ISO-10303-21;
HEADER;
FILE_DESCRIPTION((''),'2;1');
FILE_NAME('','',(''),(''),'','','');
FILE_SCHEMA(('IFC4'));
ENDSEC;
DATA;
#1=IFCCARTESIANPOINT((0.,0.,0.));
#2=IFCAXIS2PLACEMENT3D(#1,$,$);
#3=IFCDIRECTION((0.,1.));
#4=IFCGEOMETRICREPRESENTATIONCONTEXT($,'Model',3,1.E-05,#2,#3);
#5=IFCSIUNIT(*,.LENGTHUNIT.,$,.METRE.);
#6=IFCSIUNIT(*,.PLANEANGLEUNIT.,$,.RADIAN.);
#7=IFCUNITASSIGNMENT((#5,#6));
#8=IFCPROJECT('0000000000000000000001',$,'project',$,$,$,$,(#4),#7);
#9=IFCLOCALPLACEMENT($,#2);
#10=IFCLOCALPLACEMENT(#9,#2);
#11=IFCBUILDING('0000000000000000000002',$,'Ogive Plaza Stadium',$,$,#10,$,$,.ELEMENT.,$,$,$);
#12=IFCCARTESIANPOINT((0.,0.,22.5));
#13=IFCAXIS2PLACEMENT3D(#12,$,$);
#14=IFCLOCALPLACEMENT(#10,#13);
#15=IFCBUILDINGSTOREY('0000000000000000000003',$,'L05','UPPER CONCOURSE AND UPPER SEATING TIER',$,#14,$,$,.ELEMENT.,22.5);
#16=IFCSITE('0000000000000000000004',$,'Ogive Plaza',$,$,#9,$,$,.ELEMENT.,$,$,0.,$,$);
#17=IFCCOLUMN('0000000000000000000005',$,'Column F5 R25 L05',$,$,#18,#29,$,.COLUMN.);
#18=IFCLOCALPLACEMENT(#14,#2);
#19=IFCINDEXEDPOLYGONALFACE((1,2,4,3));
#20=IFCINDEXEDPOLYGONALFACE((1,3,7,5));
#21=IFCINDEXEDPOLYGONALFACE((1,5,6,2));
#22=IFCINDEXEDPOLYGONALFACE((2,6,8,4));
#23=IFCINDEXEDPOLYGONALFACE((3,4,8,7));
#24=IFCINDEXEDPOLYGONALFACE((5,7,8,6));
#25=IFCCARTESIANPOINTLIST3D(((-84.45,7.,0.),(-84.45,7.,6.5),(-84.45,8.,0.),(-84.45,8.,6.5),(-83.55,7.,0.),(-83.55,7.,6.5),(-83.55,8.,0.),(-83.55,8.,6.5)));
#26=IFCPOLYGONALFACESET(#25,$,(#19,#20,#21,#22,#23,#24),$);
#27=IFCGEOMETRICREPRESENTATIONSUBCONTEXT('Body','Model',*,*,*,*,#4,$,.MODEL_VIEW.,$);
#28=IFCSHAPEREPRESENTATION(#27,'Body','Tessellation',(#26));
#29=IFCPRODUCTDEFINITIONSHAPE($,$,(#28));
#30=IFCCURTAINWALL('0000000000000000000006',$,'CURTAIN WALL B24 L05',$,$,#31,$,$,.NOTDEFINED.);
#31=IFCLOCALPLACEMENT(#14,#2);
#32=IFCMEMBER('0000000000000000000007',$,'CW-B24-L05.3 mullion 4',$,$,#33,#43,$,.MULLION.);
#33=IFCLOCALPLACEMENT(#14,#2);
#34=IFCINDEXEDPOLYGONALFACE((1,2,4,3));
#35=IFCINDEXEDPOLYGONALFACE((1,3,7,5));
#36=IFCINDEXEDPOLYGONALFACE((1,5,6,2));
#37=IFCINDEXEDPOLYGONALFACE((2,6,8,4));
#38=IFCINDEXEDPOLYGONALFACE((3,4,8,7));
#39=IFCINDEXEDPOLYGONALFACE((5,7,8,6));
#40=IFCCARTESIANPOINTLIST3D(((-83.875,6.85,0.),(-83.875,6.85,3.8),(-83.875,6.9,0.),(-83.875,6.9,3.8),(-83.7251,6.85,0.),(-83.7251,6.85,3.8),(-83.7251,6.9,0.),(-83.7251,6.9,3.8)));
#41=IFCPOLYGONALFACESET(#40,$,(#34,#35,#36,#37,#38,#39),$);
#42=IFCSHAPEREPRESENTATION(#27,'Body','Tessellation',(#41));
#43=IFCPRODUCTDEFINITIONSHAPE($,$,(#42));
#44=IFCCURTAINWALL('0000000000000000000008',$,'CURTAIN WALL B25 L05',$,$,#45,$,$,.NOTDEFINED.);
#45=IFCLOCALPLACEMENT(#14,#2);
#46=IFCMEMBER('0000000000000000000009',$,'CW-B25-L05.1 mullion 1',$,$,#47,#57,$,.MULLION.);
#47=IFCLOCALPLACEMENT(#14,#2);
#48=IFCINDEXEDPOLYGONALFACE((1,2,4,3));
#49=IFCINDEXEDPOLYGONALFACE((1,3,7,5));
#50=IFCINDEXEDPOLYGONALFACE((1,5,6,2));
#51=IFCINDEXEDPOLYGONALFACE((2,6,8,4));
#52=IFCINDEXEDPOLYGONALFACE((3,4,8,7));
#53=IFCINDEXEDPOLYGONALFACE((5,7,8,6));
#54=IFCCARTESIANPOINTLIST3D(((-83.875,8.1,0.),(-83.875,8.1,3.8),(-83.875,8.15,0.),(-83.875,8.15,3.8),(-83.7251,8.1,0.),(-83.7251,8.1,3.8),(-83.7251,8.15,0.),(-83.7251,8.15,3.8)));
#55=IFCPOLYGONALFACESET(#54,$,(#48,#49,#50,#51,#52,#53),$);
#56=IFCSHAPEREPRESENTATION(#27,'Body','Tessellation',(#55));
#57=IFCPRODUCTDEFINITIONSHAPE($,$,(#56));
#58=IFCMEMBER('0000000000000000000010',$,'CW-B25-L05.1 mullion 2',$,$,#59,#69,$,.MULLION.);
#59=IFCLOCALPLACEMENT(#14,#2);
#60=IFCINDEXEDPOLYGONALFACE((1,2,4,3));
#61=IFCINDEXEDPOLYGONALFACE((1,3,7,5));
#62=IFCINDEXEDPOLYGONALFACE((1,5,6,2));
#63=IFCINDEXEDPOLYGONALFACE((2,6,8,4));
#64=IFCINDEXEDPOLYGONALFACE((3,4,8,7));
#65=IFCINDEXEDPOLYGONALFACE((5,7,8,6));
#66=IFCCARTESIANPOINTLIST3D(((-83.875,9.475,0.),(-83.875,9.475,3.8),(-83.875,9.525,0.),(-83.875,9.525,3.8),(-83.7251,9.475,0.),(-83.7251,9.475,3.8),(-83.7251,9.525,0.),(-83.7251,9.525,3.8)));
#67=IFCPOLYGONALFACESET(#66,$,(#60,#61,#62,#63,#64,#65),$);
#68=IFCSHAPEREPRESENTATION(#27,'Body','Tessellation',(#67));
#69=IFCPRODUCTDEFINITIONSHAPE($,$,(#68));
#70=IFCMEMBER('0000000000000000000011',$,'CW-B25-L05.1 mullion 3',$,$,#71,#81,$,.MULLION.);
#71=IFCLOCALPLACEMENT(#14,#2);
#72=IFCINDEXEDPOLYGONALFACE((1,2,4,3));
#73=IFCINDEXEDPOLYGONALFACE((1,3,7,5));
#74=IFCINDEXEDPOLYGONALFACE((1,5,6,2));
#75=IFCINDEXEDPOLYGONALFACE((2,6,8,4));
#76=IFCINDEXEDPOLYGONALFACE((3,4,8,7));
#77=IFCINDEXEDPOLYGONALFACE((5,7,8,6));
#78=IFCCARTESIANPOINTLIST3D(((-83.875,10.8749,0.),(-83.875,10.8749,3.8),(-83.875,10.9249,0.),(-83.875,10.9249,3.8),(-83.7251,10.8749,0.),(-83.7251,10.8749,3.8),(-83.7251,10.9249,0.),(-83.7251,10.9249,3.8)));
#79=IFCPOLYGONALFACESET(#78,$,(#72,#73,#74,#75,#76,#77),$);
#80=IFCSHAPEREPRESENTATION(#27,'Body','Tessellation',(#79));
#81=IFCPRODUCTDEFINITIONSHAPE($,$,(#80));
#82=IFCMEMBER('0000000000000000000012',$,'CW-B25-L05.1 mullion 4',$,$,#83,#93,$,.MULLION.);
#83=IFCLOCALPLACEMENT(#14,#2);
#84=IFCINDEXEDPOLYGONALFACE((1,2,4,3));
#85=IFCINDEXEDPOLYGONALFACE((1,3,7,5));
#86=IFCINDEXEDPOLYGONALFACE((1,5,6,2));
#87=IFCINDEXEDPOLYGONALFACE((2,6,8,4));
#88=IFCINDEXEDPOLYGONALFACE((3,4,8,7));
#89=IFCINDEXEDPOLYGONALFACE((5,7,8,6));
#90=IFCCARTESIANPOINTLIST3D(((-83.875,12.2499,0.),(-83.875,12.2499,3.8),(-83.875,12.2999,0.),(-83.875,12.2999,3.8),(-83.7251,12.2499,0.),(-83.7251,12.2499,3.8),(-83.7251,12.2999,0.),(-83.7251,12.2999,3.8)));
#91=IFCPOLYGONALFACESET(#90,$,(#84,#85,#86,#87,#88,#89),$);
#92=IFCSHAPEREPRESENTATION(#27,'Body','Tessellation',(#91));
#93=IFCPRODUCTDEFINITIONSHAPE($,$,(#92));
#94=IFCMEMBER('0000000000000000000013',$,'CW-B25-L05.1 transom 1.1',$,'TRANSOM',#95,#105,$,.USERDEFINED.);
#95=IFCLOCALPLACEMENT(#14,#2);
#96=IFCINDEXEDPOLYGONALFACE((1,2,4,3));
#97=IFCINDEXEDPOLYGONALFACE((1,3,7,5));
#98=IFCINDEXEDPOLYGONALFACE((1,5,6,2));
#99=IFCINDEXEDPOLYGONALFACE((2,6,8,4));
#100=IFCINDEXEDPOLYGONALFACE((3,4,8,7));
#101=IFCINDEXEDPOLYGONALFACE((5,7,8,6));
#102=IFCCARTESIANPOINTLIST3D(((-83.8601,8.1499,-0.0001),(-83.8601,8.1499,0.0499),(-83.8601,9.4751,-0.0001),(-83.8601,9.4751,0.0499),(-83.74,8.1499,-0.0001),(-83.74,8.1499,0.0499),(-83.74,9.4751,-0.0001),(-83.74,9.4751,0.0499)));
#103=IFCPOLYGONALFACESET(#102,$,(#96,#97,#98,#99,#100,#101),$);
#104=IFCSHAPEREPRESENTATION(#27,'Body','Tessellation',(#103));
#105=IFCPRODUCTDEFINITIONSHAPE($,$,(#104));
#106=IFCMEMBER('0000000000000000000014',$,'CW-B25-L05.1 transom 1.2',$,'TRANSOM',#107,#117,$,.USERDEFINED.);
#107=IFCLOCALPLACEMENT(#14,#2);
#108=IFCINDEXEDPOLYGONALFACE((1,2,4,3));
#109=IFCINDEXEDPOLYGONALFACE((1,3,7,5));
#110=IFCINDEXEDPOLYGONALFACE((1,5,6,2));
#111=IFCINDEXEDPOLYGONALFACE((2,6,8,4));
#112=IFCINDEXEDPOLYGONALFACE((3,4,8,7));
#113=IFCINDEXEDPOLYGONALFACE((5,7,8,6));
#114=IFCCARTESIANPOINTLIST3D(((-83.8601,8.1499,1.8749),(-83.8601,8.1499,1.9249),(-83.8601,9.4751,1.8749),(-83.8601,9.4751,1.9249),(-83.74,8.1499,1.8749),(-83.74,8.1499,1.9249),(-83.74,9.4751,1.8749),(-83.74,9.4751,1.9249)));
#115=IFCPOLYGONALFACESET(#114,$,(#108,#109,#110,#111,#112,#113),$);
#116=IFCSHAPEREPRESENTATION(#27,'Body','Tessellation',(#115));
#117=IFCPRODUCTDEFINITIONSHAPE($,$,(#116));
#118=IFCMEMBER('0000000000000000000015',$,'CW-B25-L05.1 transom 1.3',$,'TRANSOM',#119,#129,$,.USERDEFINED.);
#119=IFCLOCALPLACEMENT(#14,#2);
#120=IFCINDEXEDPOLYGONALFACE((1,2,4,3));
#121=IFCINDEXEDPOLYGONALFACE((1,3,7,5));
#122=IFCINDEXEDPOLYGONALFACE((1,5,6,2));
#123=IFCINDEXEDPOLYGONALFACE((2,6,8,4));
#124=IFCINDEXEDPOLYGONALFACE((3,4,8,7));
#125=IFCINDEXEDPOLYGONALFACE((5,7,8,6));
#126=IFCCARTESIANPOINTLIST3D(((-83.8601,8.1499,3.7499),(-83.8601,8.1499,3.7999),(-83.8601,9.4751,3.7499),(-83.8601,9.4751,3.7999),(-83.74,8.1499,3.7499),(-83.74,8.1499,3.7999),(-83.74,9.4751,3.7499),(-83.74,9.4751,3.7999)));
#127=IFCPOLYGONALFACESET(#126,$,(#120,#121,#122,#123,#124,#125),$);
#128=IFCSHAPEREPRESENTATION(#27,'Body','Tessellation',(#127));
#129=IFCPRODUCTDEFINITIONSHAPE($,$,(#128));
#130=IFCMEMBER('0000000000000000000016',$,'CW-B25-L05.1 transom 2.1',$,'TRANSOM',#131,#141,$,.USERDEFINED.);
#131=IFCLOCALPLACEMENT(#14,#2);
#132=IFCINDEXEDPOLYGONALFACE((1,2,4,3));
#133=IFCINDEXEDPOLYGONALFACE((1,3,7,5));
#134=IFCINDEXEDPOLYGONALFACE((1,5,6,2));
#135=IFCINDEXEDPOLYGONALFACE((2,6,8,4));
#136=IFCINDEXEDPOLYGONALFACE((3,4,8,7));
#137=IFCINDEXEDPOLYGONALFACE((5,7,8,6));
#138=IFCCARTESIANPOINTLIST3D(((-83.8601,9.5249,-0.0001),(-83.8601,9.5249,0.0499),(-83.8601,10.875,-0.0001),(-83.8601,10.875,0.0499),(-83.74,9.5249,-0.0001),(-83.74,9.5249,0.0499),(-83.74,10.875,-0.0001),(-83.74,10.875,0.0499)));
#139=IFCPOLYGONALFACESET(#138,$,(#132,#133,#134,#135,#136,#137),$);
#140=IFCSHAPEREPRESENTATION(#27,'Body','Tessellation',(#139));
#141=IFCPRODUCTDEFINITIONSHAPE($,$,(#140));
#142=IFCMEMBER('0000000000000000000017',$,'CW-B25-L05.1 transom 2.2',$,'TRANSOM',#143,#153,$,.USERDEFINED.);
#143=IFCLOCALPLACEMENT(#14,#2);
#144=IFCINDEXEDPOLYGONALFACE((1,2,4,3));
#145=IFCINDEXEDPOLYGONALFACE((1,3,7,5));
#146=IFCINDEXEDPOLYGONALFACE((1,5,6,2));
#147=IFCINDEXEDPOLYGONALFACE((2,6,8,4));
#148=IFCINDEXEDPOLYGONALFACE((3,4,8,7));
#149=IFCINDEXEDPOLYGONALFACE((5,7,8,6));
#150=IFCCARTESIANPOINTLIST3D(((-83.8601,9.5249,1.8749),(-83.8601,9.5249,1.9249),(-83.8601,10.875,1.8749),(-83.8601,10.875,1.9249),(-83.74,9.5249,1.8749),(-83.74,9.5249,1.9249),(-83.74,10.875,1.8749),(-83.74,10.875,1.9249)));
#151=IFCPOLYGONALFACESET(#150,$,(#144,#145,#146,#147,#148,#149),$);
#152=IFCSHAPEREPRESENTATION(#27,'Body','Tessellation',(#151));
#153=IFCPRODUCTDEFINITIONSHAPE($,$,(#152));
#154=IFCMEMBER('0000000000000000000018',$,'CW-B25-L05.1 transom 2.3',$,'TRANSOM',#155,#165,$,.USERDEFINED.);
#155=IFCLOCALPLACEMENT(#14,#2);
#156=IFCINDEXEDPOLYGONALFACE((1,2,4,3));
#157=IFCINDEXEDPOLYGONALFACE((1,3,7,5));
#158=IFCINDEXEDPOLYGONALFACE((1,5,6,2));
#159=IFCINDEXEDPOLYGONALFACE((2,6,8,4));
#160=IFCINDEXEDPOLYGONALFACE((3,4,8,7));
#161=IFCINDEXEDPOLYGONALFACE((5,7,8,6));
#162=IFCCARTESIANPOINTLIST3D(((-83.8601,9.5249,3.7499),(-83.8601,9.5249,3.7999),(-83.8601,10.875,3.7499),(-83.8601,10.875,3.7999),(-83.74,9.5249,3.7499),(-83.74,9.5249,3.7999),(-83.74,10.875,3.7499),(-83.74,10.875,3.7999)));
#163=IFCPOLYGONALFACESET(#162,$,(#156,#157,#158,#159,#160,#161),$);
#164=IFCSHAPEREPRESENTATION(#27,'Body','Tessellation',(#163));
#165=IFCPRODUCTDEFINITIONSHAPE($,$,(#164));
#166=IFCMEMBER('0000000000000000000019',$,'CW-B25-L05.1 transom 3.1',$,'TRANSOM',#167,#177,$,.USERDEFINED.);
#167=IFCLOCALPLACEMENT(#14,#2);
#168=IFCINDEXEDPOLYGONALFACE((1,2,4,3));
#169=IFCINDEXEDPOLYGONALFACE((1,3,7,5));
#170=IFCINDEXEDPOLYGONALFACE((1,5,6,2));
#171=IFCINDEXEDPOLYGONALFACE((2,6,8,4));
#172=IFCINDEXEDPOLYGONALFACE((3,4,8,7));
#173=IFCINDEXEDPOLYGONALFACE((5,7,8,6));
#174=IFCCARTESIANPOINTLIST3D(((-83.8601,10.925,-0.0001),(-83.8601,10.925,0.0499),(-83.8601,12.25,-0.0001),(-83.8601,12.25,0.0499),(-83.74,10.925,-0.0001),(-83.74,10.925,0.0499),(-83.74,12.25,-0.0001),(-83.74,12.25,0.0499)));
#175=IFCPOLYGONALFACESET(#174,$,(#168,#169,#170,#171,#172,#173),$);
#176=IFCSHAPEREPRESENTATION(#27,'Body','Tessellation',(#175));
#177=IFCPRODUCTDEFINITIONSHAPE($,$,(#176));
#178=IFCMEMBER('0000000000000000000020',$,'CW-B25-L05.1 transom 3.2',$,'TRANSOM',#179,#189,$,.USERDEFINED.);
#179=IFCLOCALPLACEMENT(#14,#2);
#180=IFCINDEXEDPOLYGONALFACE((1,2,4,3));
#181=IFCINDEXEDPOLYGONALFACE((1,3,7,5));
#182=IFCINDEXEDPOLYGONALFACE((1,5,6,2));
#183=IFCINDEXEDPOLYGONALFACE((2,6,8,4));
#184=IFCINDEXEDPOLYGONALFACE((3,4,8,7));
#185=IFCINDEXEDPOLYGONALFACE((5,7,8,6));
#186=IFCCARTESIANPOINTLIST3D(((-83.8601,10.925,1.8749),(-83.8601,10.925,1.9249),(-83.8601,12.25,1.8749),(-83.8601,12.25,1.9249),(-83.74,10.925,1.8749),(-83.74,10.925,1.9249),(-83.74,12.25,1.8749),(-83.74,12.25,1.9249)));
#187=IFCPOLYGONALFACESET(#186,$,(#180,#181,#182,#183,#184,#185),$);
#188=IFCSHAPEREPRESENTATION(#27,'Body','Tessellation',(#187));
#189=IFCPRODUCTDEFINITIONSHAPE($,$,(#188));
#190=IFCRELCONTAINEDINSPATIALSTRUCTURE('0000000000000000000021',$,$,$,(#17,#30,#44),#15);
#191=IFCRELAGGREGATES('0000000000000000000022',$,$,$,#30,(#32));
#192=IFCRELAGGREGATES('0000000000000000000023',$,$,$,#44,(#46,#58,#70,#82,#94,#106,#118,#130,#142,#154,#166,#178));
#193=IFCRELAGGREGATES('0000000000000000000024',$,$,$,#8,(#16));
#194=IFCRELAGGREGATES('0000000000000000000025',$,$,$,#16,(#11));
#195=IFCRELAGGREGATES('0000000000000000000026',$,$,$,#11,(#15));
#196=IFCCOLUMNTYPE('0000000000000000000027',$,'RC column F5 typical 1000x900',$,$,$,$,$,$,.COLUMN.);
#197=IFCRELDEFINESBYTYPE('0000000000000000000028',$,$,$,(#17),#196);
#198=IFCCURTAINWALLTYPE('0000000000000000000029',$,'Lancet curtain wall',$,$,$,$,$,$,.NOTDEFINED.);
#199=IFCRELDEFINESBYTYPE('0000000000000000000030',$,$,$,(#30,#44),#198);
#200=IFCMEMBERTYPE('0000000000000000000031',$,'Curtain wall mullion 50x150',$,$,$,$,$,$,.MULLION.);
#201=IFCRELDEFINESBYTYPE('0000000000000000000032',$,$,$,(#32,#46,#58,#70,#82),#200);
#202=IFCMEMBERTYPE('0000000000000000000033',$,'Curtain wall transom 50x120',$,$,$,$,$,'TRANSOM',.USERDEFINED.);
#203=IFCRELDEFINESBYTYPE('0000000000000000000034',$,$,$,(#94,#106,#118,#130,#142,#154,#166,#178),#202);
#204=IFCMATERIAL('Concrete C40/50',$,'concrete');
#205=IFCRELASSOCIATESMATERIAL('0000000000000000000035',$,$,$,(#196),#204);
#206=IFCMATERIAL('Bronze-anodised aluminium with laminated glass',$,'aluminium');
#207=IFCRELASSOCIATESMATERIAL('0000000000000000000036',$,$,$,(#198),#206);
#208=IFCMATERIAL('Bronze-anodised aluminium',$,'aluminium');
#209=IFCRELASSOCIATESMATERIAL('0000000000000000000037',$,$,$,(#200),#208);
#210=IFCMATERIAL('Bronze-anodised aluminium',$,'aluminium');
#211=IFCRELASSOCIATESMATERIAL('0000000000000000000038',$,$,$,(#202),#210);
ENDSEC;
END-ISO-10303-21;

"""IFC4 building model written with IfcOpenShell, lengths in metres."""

from ifc_helpers import new_model, si_unit, direction, frame, origin, origin_2d, place, context, subcontext, project, spatial, rectangle, extrude, material, material_profile, profile_set, type_object, element, aggregate, save


model = new_model("IFC4")

# Units and contexts
model_context = context("Model", 3, precision=1e-05, world=origin(), true_north=direction((0.0, 1.0)))
body_context = subcontext(model_context, "Body", "Model", "MODEL_VIEW")
ifc_project = project(units=[si_unit("LENGTHUNIT", "METRE"), si_unit("PLANEANGLEUNIT", "RADIAN")], contexts=[model_context])

# Site, building, storey
site_placement = place(None, origin())
site = spatial("IfcSite", under=ifc_project, at=site_placement, Name="Ogive Plaza", CompositionType="ELEMENT", RefElevation=0.0)
building_placement = place(site_placement, origin())
building = spatial("IfcBuilding", under=site, at=building_placement, Name="Ogive Plaza Stadium", CompositionType="ELEMENT")
storey_placement = place(building_placement, frame((0.0, 0.0, 22.5)))
storey = spatial("IfcBuildingStorey", under=building, at=storey_placement, Name="L05", Description="UPPER CONCOURSE AND UPPER SEATING TIER", CompositionType="ELEMENT", Elevation=22.5)

# Column
ifc_material_1 = material(Name="Concrete C40/50", Category="concrete")
ifc_material_profile_1 = material_profile(ifc_material_1, rectangle(XDim=1.0, YDim=0.8999, at=origin_2d()), Name="RC 1000x900")
ifc_profile_set_1 = profile_set([ifc_material_profile_1], Name="Concrete C40/50")
column_type = type_object("IfcColumnType", Name="RC column F5 typical 1000x900", PredefinedType="COLUMN", material=ifc_profile_set_1)
column_placement = place(storey_placement, frame((-84.0, 7.5, 0.0), z_axis=(0.0, 0.0, 1.0), x_axis=(0.0, -1.0, 0.0)))
element("IfcColumn", 1, at=column_placement, inside=storey, type_object=column_type, Name="Column F5 R25 L05", PredefinedType="COLUMN", context=body_context, shape_type="SweptSolid", body=[
    extrude(rectangle(XDim=1.0, YDim=0.8999, at=origin_2d()), origin(), (0.0, 0.0, 1.0), 6.5),
])

# Curtain wall, member
ifc_material_2 = material(Name="Bronze-anodised aluminium with laminated glass", Category="aluminium")
curtain_wall_type = type_object("IfcCurtainWallType", Name="Lancet curtain wall", PredefinedType="NOTDEFINED", material=ifc_material_2)
curtain_wall_1_placement = place(storey_placement, origin())
curtain_wall_1 = element("IfcCurtainWall", 2, at=curtain_wall_1_placement, inside=storey, type_object=curtain_wall_type, Name="CURTAIN WALL B24 L05", PredefinedType="NOTDEFINED")
ifc_material_3 = material(Name="Bronze-anodised aluminium", Category="aluminium")
ifc_material_profile_2 = material_profile(ifc_material_3, rectangle(XDim=0.1499, YDim=0.05, at=origin_2d()), Name="AL 150x50")
ifc_profile_set_2 = profile_set([ifc_material_profile_2], Name="Bronze-anodised aluminium")
member_type_1 = type_object("IfcMemberType", Name="Curtain wall mullion 50x150", PredefinedType="MULLION", material=ifc_profile_set_2)
member_1_placement = place(storey_placement, frame((-83.8, 6.875, 0.0), z_axis=(0.0, 0.0, 1.0), x_axis=(-1.0, 0.0, 0.0)))
member_1 = element("IfcMember", 3, at=member_1_placement, type_object=member_type_1, Name="CW-B24-L05.3 mullion 4", PredefinedType="MULLION", context=body_context, shape_type="SweptSolid", body=[
    extrude(rectangle(XDim=0.1499, YDim=0.05, at=origin_2d()), origin(), (0.0, 0.0, 1.0), 3.8),
])

# Curtain wall, members
curtain_wall_2_placement = place(storey_placement, origin())
curtain_wall_2 = element("IfcCurtainWall", 4, at=curtain_wall_2_placement, inside=storey, type_object=curtain_wall_type, Name="CURTAIN WALL B25 L05", PredefinedType="NOTDEFINED")
member_2_placement = place(storey_placement, frame((-83.8, 8.125, 0.0), z_axis=(0.0, 0.0, 1.0), x_axis=(-1.0, 0.0, 0.0)))
member_2 = element("IfcMember", 5, at=member_2_placement, type_object=member_type_1, Name="CW-B25-L05.1 mullion 1", PredefinedType="MULLION", context=body_context, shape_type="SweptSolid", body=[
    extrude(rectangle(XDim=0.1499, YDim=0.05, at=origin_2d()), origin(), (0.0, 0.0, 1.0), 3.8),
])
member_3_placement = place(storey_placement, frame((-83.8, 9.5, 0.0), z_axis=(0.0, 0.0, 1.0), x_axis=(-1.0, 0.0, 0.0)))
member_3 = element("IfcMember", 6, at=member_3_placement, type_object=member_type_1, Name="CW-B25-L05.1 mullion 2", PredefinedType="MULLION", context=body_context, shape_type="SweptSolid", body=[
    extrude(rectangle(XDim=0.1499, YDim=0.05, at=origin_2d()), origin(), (0.0, 0.0, 1.0), 3.8),
])
member_4_placement = place(storey_placement, frame((-83.8, 10.8999, 0.0), z_axis=(0.0, 0.0, 1.0), x_axis=(-1.0, 0.0, 0.0)))
member_4 = element("IfcMember", 7, at=member_4_placement, type_object=member_type_1, Name="CW-B25-L05.1 mullion 3", PredefinedType="MULLION", context=body_context, shape_type="SweptSolid", body=[
    extrude(rectangle(XDim=0.1499, YDim=0.05, at=origin_2d()), origin(), (0.0, 0.0, 1.0), 3.8),
])
member_5_placement = place(storey_placement, frame((-83.8, 12.2749, 0.0), z_axis=(0.0, 0.0, 1.0), x_axis=(-1.0, 0.0, 0.0)))
member_5 = element("IfcMember", 8, at=member_5_placement, type_object=member_type_1, Name="CW-B25-L05.1 mullion 4", PredefinedType="MULLION", context=body_context, shape_type="SweptSolid", body=[
    extrude(rectangle(XDim=0.1499, YDim=0.05, at=origin_2d()), origin(), (0.0, 0.0, 1.0), 3.8),
])
ifc_material_4 = material(Name="Bronze-anodised aluminium", Category="aluminium")
ifc_material_profile_3 = material_profile(ifc_material_4, rectangle(XDim=0.1201, YDim=0.05, at=origin_2d()), Name="AL 120x50")
ifc_profile_set_3 = profile_set([ifc_material_profile_3], Name="Bronze-anodised aluminium")
member_type_2 = type_object("IfcMemberType", Name="Curtain wall transom 50x120", ElementType="TRANSOM", PredefinedType="USERDEFINED", material=ifc_profile_set_3)
member_6_placement = place(storey_placement, frame((-83.8, 8.1499, 0.0249), z_axis=(0.0, 1.0, 0.0), x_axis=(-1.0, 0.0, 0.0)))
member_6 = element("IfcMember", 9, at=member_6_placement, type_object=member_type_2, Name="CW-B25-L05.1 transom 1.1", ObjectType="TRANSOM", PredefinedType="USERDEFINED", context=body_context, shape_type="SweptSolid", body=[
    extrude(rectangle(XDim=0.1201, YDim=0.05, at=origin_2d()), origin(), (0.0, 0.0, 1.0), 1.3252),
])
member_7_placement = place(storey_placement, frame((-83.8, 8.1499, 1.8999), z_axis=(0.0, 1.0, 0.0), x_axis=(-1.0, 0.0, 0.0)))
member_7 = element("IfcMember", 10, at=member_7_placement, type_object=member_type_2, Name="CW-B25-L05.1 transom 1.2", ObjectType="TRANSOM", PredefinedType="USERDEFINED", context=body_context, shape_type="SweptSolid", body=[
    extrude(rectangle(XDim=0.1201, YDim=0.05, at=origin_2d()), origin(), (0.0, 0.0, 1.0), 1.3252),
])
member_8_placement = place(storey_placement, frame((-83.8, 8.1499, 3.7749), z_axis=(0.0, 1.0, 0.0), x_axis=(-1.0, 0.0, 0.0)))
member_8 = element("IfcMember", 11, at=member_8_placement, type_object=member_type_2, Name="CW-B25-L05.1 transom 1.3", ObjectType="TRANSOM", PredefinedType="USERDEFINED", context=body_context, shape_type="SweptSolid", body=[
    extrude(rectangle(XDim=0.1201, YDim=0.05, at=origin_2d()), origin(), (0.0, 0.0, 1.0), 1.3252),
])
member_9_placement = place(storey_placement, frame((-83.8, 9.5249, 0.0249), z_axis=(0.0, 1.0, 0.0), x_axis=(-1.0, 0.0, 0.0)))
member_9 = element("IfcMember", 12, at=member_9_placement, type_object=member_type_2, Name="CW-B25-L05.1 transom 2.1", ObjectType="TRANSOM", PredefinedType="USERDEFINED", context=body_context, shape_type="SweptSolid", body=[
    extrude(rectangle(XDim=0.1201, YDim=0.05, at=origin_2d()), origin(), (0.0, 0.0, 1.0), 1.3501),
])
member_10_placement = place(storey_placement, frame((-83.8, 9.5249, 1.8999), z_axis=(0.0, 1.0, 0.0), x_axis=(-1.0, 0.0, 0.0)))
member_10 = element("IfcMember", 13, at=member_10_placement, type_object=member_type_2, Name="CW-B25-L05.1 transom 2.2", ObjectType="TRANSOM", PredefinedType="USERDEFINED", context=body_context, shape_type="SweptSolid", body=[
    extrude(rectangle(XDim=0.1201, YDim=0.05, at=origin_2d()), origin(), (0.0, 0.0, 1.0), 1.3501),
])
member_11_placement = place(storey_placement, frame((-83.8, 9.5249, 3.7749), z_axis=(0.0, 1.0, 0.0), x_axis=(-1.0, 0.0, 0.0)))
member_11 = element("IfcMember", 14, at=member_11_placement, type_object=member_type_2, Name="CW-B25-L05.1 transom 2.3", ObjectType="TRANSOM", PredefinedType="USERDEFINED", context=body_context, shape_type="SweptSolid", body=[
    extrude(rectangle(XDim=0.1201, YDim=0.05, at=origin_2d()), origin(), (0.0, 0.0, 1.0), 1.3501),
])
member_12_placement = place(storey_placement, frame((-83.8, 10.925, 0.0249), z_axis=(0.0, 1.0, 0.0), x_axis=(-1.0, 0.0, 0.0)))
member_12 = element("IfcMember", 15, at=member_12_placement, type_object=member_type_2, Name="CW-B25-L05.1 transom 3.1", ObjectType="TRANSOM", PredefinedType="USERDEFINED", context=body_context, shape_type="SweptSolid", body=[
    extrude(rectangle(XDim=0.1201, YDim=0.05, at=origin_2d()), origin(), (0.0, 0.0, 1.0), 1.325),
])
member_13_placement = place(storey_placement, frame((-83.8, 10.925, 1.8999), z_axis=(0.0, 1.0, 0.0), x_axis=(-1.0, 0.0, 0.0)))
member_13 = element("IfcMember", 16, at=member_13_placement, type_object=member_type_2, Name="CW-B25-L05.1 transom 3.2", ObjectType="TRANSOM", PredefinedType="USERDEFINED", context=body_context, shape_type="SweptSolid", body=[
    extrude(rectangle(XDim=0.1201, YDim=0.05, at=origin_2d()), origin(), (0.0, 0.0, 1.0), 1.325),
])

aggregate(curtain_wall_1, [member_1])
aggregate(curtain_wall_2, [member_2, member_3, member_4, member_5, member_6, member_7, member_8, member_9, member_10, member_11, member_12, member_13])

save(model, "model.ifc")
